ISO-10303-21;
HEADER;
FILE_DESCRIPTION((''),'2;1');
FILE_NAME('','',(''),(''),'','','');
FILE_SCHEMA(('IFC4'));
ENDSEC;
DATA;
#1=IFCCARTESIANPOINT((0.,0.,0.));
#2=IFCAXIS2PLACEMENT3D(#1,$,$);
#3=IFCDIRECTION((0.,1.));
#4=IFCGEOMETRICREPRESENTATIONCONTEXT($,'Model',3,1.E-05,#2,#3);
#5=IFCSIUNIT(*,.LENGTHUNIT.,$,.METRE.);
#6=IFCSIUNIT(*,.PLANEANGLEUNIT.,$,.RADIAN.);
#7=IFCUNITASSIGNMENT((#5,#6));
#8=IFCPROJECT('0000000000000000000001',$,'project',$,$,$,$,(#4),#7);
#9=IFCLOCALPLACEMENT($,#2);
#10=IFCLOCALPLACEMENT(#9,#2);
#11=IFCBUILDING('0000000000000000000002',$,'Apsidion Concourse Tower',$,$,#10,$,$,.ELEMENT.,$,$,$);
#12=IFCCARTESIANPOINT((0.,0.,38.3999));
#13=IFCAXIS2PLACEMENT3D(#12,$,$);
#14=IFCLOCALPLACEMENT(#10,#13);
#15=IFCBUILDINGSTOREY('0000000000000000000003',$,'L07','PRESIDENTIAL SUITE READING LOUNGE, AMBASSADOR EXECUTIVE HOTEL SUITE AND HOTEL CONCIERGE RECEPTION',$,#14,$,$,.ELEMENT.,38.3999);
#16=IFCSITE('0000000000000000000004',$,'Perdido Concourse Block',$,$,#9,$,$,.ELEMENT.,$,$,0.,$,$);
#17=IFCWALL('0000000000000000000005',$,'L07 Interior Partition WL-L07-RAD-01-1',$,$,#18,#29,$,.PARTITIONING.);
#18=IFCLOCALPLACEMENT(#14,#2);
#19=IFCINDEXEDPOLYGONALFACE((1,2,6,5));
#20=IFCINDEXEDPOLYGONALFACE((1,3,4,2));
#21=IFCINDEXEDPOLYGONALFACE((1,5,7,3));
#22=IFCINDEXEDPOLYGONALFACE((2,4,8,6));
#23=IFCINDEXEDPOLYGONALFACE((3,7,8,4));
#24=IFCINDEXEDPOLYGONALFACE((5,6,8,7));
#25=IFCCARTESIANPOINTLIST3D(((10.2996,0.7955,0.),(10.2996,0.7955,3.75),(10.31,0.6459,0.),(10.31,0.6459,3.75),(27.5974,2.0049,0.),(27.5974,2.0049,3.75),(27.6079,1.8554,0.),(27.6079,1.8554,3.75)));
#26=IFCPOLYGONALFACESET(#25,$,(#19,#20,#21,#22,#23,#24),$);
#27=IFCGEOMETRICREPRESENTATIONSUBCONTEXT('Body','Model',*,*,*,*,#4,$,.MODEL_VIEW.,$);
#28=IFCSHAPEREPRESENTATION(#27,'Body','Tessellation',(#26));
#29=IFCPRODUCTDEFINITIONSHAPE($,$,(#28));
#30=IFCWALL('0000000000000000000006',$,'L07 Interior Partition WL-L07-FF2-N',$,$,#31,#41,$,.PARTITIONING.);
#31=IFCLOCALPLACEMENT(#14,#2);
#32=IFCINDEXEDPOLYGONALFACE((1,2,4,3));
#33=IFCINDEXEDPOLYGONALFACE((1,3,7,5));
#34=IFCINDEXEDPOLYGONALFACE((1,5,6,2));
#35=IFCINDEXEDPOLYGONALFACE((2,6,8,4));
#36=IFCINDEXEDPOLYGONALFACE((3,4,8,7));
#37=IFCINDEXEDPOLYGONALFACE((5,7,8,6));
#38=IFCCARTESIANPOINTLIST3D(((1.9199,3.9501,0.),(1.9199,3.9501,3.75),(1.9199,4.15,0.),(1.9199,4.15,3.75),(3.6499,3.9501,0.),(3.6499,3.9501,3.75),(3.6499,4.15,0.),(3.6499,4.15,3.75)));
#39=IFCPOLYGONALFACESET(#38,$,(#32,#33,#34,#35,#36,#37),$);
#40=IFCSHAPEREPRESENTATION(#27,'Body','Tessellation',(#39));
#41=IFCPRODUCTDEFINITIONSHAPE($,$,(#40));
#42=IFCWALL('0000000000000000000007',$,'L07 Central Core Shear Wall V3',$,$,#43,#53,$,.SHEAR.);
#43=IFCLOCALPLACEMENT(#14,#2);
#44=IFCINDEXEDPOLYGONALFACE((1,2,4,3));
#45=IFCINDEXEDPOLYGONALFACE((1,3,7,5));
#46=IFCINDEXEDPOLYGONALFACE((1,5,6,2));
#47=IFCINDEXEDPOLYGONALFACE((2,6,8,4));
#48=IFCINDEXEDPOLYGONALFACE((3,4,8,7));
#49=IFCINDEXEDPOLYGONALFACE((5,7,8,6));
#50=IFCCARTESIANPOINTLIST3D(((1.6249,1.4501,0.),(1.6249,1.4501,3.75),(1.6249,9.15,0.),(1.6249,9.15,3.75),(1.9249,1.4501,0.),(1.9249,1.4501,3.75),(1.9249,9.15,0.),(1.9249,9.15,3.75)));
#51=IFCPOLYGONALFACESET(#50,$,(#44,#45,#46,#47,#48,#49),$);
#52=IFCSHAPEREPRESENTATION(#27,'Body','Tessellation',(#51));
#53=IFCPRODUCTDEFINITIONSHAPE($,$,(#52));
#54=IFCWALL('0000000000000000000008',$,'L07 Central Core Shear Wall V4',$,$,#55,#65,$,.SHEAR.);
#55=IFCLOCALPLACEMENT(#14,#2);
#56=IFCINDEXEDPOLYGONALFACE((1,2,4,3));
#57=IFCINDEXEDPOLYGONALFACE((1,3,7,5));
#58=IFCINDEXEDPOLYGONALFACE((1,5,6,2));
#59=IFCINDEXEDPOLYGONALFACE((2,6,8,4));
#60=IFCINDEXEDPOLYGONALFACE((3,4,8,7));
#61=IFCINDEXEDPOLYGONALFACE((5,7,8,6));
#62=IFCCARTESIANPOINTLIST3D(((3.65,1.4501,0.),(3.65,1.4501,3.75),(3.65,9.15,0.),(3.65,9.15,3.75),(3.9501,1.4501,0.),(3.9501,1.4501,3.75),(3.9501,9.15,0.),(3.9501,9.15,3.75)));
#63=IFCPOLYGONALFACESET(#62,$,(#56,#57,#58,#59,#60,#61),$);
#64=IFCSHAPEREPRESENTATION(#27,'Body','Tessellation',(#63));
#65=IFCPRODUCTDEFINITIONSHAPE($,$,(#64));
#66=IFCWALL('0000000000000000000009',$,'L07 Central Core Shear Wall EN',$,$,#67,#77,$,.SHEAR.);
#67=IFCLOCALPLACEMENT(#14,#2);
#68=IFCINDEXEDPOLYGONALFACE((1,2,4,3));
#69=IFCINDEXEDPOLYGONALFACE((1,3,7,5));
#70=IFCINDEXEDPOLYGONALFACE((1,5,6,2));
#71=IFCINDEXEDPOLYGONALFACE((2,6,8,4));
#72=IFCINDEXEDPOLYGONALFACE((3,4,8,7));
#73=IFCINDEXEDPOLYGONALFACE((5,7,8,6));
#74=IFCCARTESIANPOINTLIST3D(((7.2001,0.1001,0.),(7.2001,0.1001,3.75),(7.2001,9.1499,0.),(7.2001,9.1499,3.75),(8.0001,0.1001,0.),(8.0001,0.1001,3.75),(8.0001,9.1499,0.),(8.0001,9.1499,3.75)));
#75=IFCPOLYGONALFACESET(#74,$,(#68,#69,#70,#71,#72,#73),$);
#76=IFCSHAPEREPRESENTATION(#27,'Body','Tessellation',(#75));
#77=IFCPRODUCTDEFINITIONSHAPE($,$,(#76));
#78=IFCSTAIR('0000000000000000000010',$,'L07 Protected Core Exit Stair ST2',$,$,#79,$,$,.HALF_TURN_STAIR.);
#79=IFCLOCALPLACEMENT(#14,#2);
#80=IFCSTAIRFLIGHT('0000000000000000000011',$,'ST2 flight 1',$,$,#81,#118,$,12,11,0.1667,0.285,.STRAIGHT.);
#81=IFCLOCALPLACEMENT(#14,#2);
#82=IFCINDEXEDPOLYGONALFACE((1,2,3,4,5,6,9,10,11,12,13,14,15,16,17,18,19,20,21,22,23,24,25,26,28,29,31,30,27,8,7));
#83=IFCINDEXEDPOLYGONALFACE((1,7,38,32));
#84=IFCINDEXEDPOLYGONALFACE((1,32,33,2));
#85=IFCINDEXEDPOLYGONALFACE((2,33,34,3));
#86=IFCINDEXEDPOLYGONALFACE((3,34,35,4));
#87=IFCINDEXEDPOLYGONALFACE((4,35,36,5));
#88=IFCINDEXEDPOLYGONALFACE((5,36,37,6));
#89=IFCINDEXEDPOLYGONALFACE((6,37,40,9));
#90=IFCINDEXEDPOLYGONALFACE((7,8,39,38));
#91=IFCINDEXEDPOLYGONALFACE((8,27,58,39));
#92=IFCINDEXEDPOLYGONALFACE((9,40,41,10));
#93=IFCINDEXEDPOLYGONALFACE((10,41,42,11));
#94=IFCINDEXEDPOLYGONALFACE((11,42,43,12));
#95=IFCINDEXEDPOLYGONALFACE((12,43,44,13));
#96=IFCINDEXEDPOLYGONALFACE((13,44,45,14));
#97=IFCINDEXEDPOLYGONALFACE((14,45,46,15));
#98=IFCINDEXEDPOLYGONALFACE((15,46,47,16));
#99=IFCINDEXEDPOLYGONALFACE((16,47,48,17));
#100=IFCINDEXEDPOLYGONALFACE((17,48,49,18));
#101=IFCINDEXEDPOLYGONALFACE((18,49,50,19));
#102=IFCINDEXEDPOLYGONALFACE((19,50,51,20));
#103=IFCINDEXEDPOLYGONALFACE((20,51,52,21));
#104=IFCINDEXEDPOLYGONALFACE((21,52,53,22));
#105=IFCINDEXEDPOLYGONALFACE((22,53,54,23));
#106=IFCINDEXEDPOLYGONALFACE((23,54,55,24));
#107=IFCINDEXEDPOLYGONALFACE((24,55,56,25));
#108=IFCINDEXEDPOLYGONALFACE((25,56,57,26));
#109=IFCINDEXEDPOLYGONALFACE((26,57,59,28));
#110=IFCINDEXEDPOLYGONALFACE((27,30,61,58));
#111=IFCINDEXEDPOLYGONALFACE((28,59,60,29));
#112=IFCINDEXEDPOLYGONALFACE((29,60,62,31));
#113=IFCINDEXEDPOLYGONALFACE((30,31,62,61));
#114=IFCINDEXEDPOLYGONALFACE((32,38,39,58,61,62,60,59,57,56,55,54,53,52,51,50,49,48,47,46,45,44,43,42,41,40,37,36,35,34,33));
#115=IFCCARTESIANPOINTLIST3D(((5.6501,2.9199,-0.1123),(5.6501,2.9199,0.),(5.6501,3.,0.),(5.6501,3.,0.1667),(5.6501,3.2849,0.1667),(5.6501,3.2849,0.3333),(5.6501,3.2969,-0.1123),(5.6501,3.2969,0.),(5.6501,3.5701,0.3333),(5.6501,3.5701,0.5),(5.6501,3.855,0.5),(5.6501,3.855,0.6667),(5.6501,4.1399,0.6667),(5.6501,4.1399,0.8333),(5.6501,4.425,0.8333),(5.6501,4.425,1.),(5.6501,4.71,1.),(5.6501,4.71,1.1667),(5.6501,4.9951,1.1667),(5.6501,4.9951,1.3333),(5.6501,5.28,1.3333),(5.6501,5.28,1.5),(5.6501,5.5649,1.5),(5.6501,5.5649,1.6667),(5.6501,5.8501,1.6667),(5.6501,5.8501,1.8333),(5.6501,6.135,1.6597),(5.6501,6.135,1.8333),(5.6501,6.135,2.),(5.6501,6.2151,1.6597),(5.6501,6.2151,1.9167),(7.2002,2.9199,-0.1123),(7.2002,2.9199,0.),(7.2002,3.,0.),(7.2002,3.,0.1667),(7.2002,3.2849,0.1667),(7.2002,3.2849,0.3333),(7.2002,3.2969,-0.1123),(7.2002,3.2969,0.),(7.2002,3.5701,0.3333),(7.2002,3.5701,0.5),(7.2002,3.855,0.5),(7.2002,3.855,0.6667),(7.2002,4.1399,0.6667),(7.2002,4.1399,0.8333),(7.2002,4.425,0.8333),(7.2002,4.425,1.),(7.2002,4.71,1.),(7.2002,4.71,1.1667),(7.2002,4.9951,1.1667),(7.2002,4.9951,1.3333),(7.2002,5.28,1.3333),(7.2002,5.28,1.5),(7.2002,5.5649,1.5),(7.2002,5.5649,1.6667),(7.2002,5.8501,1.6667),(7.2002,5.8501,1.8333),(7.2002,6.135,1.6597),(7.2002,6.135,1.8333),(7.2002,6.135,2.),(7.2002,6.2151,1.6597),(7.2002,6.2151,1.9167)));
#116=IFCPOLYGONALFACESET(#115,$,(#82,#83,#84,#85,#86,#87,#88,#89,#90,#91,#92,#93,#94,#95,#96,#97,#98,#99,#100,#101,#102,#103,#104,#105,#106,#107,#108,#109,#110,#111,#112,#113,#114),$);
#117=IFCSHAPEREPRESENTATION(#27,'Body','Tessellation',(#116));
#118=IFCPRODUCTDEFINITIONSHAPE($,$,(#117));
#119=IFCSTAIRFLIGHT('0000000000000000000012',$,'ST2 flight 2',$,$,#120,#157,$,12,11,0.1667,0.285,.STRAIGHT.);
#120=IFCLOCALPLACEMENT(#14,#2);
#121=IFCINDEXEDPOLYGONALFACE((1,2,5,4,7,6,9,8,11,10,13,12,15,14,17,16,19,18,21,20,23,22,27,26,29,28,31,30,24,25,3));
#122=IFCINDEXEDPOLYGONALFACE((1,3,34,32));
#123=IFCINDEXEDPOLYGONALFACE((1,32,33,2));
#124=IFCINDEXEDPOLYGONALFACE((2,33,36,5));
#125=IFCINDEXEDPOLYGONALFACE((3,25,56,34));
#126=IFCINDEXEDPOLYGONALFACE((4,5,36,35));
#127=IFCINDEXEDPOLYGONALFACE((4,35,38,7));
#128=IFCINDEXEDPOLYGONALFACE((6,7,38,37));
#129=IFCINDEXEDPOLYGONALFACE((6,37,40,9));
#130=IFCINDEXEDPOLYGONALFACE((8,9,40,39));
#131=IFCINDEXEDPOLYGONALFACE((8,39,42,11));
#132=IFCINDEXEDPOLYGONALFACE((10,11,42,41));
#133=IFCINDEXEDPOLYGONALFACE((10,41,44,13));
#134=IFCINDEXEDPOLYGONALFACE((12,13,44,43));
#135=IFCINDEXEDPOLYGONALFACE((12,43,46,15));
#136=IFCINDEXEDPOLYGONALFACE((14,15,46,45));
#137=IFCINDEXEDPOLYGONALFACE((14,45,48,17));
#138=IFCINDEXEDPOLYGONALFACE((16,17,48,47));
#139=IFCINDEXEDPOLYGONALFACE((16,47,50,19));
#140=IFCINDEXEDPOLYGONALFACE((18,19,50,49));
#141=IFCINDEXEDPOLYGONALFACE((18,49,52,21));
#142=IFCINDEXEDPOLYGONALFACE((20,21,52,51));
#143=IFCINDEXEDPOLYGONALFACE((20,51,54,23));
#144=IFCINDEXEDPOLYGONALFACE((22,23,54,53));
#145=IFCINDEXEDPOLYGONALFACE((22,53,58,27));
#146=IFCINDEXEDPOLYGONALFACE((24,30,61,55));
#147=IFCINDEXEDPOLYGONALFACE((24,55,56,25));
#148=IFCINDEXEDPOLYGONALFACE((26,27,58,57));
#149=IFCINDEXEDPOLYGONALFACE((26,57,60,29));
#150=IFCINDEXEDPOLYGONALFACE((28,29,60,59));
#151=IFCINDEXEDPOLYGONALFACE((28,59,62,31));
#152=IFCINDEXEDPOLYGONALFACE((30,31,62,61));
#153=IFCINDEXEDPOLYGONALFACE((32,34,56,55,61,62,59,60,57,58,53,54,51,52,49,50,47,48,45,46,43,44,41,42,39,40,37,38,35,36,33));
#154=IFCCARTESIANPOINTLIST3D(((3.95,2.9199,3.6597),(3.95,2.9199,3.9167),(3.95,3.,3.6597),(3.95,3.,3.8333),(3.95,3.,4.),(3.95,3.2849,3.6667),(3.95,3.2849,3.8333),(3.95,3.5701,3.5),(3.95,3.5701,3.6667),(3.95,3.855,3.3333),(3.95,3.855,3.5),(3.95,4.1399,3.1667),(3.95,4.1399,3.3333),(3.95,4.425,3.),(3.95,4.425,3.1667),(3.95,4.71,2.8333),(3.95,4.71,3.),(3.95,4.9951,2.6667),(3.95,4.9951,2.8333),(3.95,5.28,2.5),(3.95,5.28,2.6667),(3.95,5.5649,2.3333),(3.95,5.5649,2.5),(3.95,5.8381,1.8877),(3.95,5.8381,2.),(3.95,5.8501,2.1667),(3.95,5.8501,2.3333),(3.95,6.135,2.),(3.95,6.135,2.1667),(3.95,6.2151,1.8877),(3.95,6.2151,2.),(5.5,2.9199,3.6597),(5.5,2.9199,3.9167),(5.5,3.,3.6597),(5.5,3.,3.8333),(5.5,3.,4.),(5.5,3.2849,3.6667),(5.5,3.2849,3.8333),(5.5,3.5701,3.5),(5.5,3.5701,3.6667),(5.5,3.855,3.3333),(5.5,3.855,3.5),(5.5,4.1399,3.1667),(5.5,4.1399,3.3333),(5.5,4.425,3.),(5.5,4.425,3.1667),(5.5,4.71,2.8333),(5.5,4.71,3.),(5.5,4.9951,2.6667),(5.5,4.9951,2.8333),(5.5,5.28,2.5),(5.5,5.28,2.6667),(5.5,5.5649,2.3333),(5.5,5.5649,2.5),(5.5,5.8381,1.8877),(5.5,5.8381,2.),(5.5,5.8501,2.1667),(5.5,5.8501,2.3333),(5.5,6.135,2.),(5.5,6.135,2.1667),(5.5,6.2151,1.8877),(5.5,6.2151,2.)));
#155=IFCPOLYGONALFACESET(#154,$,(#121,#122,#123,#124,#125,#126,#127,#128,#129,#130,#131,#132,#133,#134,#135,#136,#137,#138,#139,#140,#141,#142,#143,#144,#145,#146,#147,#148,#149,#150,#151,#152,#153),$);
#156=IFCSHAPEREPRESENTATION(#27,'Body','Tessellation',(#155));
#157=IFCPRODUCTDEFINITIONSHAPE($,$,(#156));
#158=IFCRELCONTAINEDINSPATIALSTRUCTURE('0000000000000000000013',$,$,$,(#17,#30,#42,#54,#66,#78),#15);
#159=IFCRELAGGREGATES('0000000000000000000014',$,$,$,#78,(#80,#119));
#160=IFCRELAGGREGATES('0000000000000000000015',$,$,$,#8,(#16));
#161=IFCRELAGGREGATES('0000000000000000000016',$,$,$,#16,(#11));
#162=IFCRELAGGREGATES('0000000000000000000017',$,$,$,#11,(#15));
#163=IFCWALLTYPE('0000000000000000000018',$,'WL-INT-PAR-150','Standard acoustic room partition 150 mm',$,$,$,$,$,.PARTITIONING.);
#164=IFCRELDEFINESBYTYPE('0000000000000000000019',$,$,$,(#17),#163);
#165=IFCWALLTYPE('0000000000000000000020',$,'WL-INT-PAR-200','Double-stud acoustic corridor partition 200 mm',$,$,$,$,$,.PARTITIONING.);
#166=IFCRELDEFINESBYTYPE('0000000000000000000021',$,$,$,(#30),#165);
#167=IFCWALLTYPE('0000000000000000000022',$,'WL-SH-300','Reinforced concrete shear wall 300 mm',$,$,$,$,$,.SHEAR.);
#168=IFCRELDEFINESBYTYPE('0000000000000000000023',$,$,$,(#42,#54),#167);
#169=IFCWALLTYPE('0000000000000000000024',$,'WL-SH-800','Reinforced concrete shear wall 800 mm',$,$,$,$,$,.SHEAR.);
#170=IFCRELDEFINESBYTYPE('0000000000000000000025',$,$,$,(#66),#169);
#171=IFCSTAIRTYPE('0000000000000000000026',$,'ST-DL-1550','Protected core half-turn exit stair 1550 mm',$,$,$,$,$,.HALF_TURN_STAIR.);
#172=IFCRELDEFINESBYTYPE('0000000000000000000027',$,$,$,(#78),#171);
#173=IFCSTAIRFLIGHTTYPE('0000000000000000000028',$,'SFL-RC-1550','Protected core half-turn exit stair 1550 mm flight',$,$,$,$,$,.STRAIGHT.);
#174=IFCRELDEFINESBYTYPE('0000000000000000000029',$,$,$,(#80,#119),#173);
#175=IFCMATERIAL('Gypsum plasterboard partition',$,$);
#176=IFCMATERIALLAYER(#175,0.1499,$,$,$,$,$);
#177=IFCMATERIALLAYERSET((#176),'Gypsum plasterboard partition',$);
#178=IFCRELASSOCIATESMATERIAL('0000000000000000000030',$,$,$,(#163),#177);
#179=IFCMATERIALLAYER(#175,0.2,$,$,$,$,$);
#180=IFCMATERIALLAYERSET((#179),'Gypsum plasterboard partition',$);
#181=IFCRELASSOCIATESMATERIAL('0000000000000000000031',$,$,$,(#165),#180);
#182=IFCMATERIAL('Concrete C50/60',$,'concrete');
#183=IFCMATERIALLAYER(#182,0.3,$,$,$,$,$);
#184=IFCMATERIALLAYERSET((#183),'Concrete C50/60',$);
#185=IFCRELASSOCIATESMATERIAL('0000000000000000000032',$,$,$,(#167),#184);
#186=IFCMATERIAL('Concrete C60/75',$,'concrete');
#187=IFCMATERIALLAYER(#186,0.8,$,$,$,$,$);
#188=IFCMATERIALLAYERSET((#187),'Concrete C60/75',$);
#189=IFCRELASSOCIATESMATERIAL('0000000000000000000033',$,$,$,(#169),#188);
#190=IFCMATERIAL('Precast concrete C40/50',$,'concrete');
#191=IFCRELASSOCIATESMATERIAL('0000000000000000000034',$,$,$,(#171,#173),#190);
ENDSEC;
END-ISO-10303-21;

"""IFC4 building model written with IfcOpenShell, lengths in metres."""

from ifc_helpers import new_model, si_unit, direction, frame, frame_2d, origin, place, context, subcontext, project, spatial, polyline, rectangle, outline, extrude, material, layer, layer_set, type_object, element, aggregate, save


model = new_model("IFC4")

# Units and contexts
model_context = context("Model", 3, precision=1e-05, world=origin(), true_north=direction((0.0, 1.0)))
body_context = subcontext(model_context, "Body", "Model", "MODEL_VIEW")
ifc_project = project(units=[si_unit("LENGTHUNIT", "METRE"), si_unit("PLANEANGLEUNIT", "RADIAN")], contexts=[model_context])

# Site, building, storey
site_placement = place(None, origin())
site = spatial("IfcSite", under=ifc_project, at=site_placement, Name="Perdido Concourse Block", CompositionType="ELEMENT", RefElevation=0.0)
building_placement = place(site_placement, origin())
building = spatial("IfcBuilding", under=site, at=building_placement, Name="Apsidion Concourse Tower", CompositionType="ELEMENT")
storey_placement = place(building_placement, frame((0.0, 0.0, 38.3999)))
storey = spatial("IfcBuildingStorey", under=building, at=storey_placement, Name="L07", Description="PRESIDENTIAL SUITE READING LOUNGE, AMBASSADOR EXECUTIVE HOTEL SUITE AND HOTEL CONCIERGE RECEPTION", CompositionType="ELEMENT", Elevation=38.3999)

# Shared definitions
ifc_material_1 = material(Name="Concrete C60/75", Category="concrete")

# Shared definitions
ifc_material_2 = material(Name="Gypsum plasterboard partition")

# Walls
ifc_layer_1 = layer(ifc_material_2, 0.1499)
ifc_layer_set_1 = layer_set([ifc_layer_1], Name="Gypsum plasterboard partition")
wall_type_1 = type_object("IfcWallType", Name="WL-INT-PAR-150", Description="Standard acoustic room partition 150 mm", PredefinedType="PARTITIONING", material=ifc_layer_set_1)
wall_1_placement = place(storey_placement, frame((10.3049, 0.7207, 0.0), z_axis=(0.0, 0.0, 1.0), x_axis=(0.997564, 0.06975, 0.0)))
element("IfcWall", 1, at=wall_1_placement, inside=storey, type_object=wall_type_1, Name="L07 Interior Partition WL-L07-RAD-01-1", PredefinedType="PARTITIONING", context=body_context, shape_type="SweptSolid", body=[
    extrude(rectangle(XDim=17.3401, YDim=0.1499, at=frame_2d((8.6699, 0.0))), origin(), (0.0, 0.0, 1.0), 3.75),
])
ifc_layer_2 = layer(ifc_material_2, 0.2)
ifc_layer_set_2 = layer_set([ifc_layer_2], Name="Gypsum plasterboard partition")
wall_type_2 = type_object("IfcWallType", Name="WL-INT-PAR-200", Description="Double-stud acoustic corridor partition 200 mm", PredefinedType="PARTITIONING", material=ifc_layer_set_2)
wall_2_placement = place(storey_placement, frame((1.9199, 4.05, 0.0), z_axis=(0.0, 0.0, 1.0), x_axis=(1.0, 0.0, 0.0)))
element("IfcWall", 2, at=wall_2_placement, inside=storey, type_object=wall_type_2, Name="L07 Interior Partition WL-L07-FF2-N", PredefinedType="PARTITIONING", context=body_context, shape_type="SweptSolid", body=[
    extrude(rectangle(XDim=1.73, YDim=0.2, at=frame_2d((0.865, 0.0))), origin(), (0.0, 0.0, 1.0), 3.75),
])
ifc_material_3 = material(Name="Concrete C50/60", Category="concrete")
ifc_layer_3 = layer(ifc_material_3, 0.3)
ifc_layer_set_3 = layer_set([ifc_layer_3], Name="Concrete C50/60")
wall_type_3 = type_object("IfcWallType", Name="WL-SH-300", Description="Reinforced concrete shear wall 300 mm", PredefinedType="SHEAR", material=ifc_layer_set_3)
for number, where, z_axis, x_axis, name in (
    (3, (1.7749, 1.45, 0.0), (0.0, 0.0, 1.0), (0.0, 1.0, 0.0), "L07 Central Core Shear Wall V3"),
    (4, (3.8, 1.45, 0.0), (0.0, 0.0, 1.0), (0.0, 1.0, 0.0), "L07 Central Core Shear Wall V4"),
):
    element("IfcWall", number, at=place(storey_placement, frame(where, z_axis=z_axis, x_axis=x_axis)), inside=storey, type_object=wall_type_3, Name=name, PredefinedType="SHEAR", context=body_context, shape_type="SweptSolid", body=[
        extrude(rectangle(XDim=7.7, YDim=0.3, at=frame_2d((3.8501, 0.0))), origin(), (0.0, 0.0, 1.0), 3.75),
    ])
ifc_layer_4 = layer(ifc_material_1, 0.8)
ifc_layer_set_4 = layer_set([ifc_layer_4], Name="Concrete C60/75")
wall_type_4 = type_object("IfcWallType", Name="WL-SH-800", Description="Reinforced concrete shear wall 800 mm", PredefinedType="SHEAR", material=ifc_layer_set_4)
wall_3_placement = place(storey_placement, frame((7.6001, 0.1001, 0.0), z_axis=(0.0, 0.0, 1.0), x_axis=(0.0, 1.0, 0.0)))
element("IfcWall", 5, at=wall_3_placement, inside=storey, type_object=wall_type_4, Name="L07 Central Core Shear Wall EN", PredefinedType="SHEAR", context=body_context, shape_type="SweptSolid", body=[
    extrude(rectangle(XDim=9.0498, YDim=0.8, at=frame_2d((4.5249, 0.0))), origin(), (0.0, 0.0, 1.0), 3.75),
])

# Stair, stair flights
ifc_material_4 = material(Name="Precast concrete C40/50", Category="concrete")
stair_type = type_object("IfcStairType", Name="ST-DL-1550", Description="Protected core half-turn exit stair 1550 mm", PredefinedType="HALF_TURN_STAIR", material=ifc_material_4)
stair_1_placement = place(storey_placement, origin())
stair_1 = element("IfcStair", 6, at=stair_1_placement, inside=storey, type_object=stair_type, Name="L07 Protected Core Exit Stair ST2", PredefinedType="HALF_TURN_STAIR")
stair_flight_type = type_object("IfcStairFlightType", Name="SFL-RC-1550", Description="Protected core half-turn exit stair 1550 mm flight", PredefinedType="STRAIGHT", material=ifc_material_4)
stair_flight_1_placement = place(storey_placement, frame((6.425, 3.0, 0.0), z_axis=(0.0, 0.0, 1.0), x_axis=(0.0, 1.0, 0.0)))
stair_flight_1 = element("IfcStairFlight", 7, at=stair_flight_1_placement, type_object=stair_flight_type, Name="ST2 flight 1", NumberOfRisers=12, NumberOfTreads=11, PredefinedType="STRAIGHT", RiserHeight=0.1667, TreadLength=0.285, context=body_context, shape_type="SweptSolid", body=[
    extrude(outline(polyline([(-0.0801, -0.1123), (-0.0801, 0.0), (0.0, 0.0), (0.0, 0.1667), (0.2849, 0.1667), (0.2849, 0.3333), (0.5701, 0.3333), (0.5701, 0.5), (0.855, 0.5), (0.855, 0.6667), (1.1399, 0.6667), (1.1399, 0.8333), (1.425, 0.8333), (1.425, 1.0), (1.71, 1.0), (1.71, 1.1667), (1.9951, 1.1667), (1.9951, 1.3333), (2.28, 1.3333), (2.28, 1.5), (2.5649, 1.5), (2.5649, 1.6667), (2.8501, 1.6667), (2.8501, 1.8333), (3.135, 1.8333), (3.135, 2.0), (3.2151, 1.9167), (3.2151, 1.6597), (3.135, 1.6597), (0.2969, 0.0), (0.2969, -0.1123), (-0.0801, -0.1123)])), frame((0.0, 0.7749, 0.0), z_axis=(0.0, -1.0, 0.0), x_axis=(1.0, 0.0, 0.0)), (0.0, 0.0, 1.0), 1.55),
])
stair_flight_2_placement = place(storey_placement, frame((4.7251, 6.135, 2.0), z_axis=(0.0, 0.0, 1.0), x_axis=(0.0, -1.0, 0.0)))
stair_flight_2 = element("IfcStairFlight", 8, at=stair_flight_2_placement, type_object=stair_flight_type, Name="ST2 flight 2", NumberOfRisers=12, NumberOfTreads=11, PredefinedType="STRAIGHT", RiserHeight=0.1667, TreadLength=0.285, context=body_context, shape_type="SweptSolid", body=[
    extrude(outline(polyline([(-0.0801, -0.1123), (-0.0801, 0.0), (0.0, 0.0), (0.0, 0.1667), (0.2849, 0.1667), (0.2849, 0.3333), (0.5701, 0.3333), (0.5701, 0.5), (0.855, 0.5), (0.855, 0.6667), (1.1399, 0.6667), (1.1399, 0.8333), (1.425, 0.8333), (1.425, 1.0), (1.71, 1.0), (1.71, 1.1667), (1.9951, 1.1667), (1.9951, 1.3333), (2.28, 1.3333), (2.28, 1.5), (2.5649, 1.5), (2.5649, 1.6667), (2.8501, 1.6667), (2.8501, 1.8333), (3.135, 1.8333), (3.135, 2.0), (3.2151, 1.9167), (3.2151, 1.6597), (3.135, 1.6597), (0.2969, 0.0), (0.2969, -0.1123), (-0.0801, -0.1123)])), frame((0.0, 0.7749, 0.0), z_axis=(0.0, -1.0, 0.0), x_axis=(1.0, 0.0, 0.0)), (0.0, 0.0, 1.0), 1.55),
])
aggregate(stair_1, [stair_flight_1, stair_flight_2])

save(model, "model.ifc")
